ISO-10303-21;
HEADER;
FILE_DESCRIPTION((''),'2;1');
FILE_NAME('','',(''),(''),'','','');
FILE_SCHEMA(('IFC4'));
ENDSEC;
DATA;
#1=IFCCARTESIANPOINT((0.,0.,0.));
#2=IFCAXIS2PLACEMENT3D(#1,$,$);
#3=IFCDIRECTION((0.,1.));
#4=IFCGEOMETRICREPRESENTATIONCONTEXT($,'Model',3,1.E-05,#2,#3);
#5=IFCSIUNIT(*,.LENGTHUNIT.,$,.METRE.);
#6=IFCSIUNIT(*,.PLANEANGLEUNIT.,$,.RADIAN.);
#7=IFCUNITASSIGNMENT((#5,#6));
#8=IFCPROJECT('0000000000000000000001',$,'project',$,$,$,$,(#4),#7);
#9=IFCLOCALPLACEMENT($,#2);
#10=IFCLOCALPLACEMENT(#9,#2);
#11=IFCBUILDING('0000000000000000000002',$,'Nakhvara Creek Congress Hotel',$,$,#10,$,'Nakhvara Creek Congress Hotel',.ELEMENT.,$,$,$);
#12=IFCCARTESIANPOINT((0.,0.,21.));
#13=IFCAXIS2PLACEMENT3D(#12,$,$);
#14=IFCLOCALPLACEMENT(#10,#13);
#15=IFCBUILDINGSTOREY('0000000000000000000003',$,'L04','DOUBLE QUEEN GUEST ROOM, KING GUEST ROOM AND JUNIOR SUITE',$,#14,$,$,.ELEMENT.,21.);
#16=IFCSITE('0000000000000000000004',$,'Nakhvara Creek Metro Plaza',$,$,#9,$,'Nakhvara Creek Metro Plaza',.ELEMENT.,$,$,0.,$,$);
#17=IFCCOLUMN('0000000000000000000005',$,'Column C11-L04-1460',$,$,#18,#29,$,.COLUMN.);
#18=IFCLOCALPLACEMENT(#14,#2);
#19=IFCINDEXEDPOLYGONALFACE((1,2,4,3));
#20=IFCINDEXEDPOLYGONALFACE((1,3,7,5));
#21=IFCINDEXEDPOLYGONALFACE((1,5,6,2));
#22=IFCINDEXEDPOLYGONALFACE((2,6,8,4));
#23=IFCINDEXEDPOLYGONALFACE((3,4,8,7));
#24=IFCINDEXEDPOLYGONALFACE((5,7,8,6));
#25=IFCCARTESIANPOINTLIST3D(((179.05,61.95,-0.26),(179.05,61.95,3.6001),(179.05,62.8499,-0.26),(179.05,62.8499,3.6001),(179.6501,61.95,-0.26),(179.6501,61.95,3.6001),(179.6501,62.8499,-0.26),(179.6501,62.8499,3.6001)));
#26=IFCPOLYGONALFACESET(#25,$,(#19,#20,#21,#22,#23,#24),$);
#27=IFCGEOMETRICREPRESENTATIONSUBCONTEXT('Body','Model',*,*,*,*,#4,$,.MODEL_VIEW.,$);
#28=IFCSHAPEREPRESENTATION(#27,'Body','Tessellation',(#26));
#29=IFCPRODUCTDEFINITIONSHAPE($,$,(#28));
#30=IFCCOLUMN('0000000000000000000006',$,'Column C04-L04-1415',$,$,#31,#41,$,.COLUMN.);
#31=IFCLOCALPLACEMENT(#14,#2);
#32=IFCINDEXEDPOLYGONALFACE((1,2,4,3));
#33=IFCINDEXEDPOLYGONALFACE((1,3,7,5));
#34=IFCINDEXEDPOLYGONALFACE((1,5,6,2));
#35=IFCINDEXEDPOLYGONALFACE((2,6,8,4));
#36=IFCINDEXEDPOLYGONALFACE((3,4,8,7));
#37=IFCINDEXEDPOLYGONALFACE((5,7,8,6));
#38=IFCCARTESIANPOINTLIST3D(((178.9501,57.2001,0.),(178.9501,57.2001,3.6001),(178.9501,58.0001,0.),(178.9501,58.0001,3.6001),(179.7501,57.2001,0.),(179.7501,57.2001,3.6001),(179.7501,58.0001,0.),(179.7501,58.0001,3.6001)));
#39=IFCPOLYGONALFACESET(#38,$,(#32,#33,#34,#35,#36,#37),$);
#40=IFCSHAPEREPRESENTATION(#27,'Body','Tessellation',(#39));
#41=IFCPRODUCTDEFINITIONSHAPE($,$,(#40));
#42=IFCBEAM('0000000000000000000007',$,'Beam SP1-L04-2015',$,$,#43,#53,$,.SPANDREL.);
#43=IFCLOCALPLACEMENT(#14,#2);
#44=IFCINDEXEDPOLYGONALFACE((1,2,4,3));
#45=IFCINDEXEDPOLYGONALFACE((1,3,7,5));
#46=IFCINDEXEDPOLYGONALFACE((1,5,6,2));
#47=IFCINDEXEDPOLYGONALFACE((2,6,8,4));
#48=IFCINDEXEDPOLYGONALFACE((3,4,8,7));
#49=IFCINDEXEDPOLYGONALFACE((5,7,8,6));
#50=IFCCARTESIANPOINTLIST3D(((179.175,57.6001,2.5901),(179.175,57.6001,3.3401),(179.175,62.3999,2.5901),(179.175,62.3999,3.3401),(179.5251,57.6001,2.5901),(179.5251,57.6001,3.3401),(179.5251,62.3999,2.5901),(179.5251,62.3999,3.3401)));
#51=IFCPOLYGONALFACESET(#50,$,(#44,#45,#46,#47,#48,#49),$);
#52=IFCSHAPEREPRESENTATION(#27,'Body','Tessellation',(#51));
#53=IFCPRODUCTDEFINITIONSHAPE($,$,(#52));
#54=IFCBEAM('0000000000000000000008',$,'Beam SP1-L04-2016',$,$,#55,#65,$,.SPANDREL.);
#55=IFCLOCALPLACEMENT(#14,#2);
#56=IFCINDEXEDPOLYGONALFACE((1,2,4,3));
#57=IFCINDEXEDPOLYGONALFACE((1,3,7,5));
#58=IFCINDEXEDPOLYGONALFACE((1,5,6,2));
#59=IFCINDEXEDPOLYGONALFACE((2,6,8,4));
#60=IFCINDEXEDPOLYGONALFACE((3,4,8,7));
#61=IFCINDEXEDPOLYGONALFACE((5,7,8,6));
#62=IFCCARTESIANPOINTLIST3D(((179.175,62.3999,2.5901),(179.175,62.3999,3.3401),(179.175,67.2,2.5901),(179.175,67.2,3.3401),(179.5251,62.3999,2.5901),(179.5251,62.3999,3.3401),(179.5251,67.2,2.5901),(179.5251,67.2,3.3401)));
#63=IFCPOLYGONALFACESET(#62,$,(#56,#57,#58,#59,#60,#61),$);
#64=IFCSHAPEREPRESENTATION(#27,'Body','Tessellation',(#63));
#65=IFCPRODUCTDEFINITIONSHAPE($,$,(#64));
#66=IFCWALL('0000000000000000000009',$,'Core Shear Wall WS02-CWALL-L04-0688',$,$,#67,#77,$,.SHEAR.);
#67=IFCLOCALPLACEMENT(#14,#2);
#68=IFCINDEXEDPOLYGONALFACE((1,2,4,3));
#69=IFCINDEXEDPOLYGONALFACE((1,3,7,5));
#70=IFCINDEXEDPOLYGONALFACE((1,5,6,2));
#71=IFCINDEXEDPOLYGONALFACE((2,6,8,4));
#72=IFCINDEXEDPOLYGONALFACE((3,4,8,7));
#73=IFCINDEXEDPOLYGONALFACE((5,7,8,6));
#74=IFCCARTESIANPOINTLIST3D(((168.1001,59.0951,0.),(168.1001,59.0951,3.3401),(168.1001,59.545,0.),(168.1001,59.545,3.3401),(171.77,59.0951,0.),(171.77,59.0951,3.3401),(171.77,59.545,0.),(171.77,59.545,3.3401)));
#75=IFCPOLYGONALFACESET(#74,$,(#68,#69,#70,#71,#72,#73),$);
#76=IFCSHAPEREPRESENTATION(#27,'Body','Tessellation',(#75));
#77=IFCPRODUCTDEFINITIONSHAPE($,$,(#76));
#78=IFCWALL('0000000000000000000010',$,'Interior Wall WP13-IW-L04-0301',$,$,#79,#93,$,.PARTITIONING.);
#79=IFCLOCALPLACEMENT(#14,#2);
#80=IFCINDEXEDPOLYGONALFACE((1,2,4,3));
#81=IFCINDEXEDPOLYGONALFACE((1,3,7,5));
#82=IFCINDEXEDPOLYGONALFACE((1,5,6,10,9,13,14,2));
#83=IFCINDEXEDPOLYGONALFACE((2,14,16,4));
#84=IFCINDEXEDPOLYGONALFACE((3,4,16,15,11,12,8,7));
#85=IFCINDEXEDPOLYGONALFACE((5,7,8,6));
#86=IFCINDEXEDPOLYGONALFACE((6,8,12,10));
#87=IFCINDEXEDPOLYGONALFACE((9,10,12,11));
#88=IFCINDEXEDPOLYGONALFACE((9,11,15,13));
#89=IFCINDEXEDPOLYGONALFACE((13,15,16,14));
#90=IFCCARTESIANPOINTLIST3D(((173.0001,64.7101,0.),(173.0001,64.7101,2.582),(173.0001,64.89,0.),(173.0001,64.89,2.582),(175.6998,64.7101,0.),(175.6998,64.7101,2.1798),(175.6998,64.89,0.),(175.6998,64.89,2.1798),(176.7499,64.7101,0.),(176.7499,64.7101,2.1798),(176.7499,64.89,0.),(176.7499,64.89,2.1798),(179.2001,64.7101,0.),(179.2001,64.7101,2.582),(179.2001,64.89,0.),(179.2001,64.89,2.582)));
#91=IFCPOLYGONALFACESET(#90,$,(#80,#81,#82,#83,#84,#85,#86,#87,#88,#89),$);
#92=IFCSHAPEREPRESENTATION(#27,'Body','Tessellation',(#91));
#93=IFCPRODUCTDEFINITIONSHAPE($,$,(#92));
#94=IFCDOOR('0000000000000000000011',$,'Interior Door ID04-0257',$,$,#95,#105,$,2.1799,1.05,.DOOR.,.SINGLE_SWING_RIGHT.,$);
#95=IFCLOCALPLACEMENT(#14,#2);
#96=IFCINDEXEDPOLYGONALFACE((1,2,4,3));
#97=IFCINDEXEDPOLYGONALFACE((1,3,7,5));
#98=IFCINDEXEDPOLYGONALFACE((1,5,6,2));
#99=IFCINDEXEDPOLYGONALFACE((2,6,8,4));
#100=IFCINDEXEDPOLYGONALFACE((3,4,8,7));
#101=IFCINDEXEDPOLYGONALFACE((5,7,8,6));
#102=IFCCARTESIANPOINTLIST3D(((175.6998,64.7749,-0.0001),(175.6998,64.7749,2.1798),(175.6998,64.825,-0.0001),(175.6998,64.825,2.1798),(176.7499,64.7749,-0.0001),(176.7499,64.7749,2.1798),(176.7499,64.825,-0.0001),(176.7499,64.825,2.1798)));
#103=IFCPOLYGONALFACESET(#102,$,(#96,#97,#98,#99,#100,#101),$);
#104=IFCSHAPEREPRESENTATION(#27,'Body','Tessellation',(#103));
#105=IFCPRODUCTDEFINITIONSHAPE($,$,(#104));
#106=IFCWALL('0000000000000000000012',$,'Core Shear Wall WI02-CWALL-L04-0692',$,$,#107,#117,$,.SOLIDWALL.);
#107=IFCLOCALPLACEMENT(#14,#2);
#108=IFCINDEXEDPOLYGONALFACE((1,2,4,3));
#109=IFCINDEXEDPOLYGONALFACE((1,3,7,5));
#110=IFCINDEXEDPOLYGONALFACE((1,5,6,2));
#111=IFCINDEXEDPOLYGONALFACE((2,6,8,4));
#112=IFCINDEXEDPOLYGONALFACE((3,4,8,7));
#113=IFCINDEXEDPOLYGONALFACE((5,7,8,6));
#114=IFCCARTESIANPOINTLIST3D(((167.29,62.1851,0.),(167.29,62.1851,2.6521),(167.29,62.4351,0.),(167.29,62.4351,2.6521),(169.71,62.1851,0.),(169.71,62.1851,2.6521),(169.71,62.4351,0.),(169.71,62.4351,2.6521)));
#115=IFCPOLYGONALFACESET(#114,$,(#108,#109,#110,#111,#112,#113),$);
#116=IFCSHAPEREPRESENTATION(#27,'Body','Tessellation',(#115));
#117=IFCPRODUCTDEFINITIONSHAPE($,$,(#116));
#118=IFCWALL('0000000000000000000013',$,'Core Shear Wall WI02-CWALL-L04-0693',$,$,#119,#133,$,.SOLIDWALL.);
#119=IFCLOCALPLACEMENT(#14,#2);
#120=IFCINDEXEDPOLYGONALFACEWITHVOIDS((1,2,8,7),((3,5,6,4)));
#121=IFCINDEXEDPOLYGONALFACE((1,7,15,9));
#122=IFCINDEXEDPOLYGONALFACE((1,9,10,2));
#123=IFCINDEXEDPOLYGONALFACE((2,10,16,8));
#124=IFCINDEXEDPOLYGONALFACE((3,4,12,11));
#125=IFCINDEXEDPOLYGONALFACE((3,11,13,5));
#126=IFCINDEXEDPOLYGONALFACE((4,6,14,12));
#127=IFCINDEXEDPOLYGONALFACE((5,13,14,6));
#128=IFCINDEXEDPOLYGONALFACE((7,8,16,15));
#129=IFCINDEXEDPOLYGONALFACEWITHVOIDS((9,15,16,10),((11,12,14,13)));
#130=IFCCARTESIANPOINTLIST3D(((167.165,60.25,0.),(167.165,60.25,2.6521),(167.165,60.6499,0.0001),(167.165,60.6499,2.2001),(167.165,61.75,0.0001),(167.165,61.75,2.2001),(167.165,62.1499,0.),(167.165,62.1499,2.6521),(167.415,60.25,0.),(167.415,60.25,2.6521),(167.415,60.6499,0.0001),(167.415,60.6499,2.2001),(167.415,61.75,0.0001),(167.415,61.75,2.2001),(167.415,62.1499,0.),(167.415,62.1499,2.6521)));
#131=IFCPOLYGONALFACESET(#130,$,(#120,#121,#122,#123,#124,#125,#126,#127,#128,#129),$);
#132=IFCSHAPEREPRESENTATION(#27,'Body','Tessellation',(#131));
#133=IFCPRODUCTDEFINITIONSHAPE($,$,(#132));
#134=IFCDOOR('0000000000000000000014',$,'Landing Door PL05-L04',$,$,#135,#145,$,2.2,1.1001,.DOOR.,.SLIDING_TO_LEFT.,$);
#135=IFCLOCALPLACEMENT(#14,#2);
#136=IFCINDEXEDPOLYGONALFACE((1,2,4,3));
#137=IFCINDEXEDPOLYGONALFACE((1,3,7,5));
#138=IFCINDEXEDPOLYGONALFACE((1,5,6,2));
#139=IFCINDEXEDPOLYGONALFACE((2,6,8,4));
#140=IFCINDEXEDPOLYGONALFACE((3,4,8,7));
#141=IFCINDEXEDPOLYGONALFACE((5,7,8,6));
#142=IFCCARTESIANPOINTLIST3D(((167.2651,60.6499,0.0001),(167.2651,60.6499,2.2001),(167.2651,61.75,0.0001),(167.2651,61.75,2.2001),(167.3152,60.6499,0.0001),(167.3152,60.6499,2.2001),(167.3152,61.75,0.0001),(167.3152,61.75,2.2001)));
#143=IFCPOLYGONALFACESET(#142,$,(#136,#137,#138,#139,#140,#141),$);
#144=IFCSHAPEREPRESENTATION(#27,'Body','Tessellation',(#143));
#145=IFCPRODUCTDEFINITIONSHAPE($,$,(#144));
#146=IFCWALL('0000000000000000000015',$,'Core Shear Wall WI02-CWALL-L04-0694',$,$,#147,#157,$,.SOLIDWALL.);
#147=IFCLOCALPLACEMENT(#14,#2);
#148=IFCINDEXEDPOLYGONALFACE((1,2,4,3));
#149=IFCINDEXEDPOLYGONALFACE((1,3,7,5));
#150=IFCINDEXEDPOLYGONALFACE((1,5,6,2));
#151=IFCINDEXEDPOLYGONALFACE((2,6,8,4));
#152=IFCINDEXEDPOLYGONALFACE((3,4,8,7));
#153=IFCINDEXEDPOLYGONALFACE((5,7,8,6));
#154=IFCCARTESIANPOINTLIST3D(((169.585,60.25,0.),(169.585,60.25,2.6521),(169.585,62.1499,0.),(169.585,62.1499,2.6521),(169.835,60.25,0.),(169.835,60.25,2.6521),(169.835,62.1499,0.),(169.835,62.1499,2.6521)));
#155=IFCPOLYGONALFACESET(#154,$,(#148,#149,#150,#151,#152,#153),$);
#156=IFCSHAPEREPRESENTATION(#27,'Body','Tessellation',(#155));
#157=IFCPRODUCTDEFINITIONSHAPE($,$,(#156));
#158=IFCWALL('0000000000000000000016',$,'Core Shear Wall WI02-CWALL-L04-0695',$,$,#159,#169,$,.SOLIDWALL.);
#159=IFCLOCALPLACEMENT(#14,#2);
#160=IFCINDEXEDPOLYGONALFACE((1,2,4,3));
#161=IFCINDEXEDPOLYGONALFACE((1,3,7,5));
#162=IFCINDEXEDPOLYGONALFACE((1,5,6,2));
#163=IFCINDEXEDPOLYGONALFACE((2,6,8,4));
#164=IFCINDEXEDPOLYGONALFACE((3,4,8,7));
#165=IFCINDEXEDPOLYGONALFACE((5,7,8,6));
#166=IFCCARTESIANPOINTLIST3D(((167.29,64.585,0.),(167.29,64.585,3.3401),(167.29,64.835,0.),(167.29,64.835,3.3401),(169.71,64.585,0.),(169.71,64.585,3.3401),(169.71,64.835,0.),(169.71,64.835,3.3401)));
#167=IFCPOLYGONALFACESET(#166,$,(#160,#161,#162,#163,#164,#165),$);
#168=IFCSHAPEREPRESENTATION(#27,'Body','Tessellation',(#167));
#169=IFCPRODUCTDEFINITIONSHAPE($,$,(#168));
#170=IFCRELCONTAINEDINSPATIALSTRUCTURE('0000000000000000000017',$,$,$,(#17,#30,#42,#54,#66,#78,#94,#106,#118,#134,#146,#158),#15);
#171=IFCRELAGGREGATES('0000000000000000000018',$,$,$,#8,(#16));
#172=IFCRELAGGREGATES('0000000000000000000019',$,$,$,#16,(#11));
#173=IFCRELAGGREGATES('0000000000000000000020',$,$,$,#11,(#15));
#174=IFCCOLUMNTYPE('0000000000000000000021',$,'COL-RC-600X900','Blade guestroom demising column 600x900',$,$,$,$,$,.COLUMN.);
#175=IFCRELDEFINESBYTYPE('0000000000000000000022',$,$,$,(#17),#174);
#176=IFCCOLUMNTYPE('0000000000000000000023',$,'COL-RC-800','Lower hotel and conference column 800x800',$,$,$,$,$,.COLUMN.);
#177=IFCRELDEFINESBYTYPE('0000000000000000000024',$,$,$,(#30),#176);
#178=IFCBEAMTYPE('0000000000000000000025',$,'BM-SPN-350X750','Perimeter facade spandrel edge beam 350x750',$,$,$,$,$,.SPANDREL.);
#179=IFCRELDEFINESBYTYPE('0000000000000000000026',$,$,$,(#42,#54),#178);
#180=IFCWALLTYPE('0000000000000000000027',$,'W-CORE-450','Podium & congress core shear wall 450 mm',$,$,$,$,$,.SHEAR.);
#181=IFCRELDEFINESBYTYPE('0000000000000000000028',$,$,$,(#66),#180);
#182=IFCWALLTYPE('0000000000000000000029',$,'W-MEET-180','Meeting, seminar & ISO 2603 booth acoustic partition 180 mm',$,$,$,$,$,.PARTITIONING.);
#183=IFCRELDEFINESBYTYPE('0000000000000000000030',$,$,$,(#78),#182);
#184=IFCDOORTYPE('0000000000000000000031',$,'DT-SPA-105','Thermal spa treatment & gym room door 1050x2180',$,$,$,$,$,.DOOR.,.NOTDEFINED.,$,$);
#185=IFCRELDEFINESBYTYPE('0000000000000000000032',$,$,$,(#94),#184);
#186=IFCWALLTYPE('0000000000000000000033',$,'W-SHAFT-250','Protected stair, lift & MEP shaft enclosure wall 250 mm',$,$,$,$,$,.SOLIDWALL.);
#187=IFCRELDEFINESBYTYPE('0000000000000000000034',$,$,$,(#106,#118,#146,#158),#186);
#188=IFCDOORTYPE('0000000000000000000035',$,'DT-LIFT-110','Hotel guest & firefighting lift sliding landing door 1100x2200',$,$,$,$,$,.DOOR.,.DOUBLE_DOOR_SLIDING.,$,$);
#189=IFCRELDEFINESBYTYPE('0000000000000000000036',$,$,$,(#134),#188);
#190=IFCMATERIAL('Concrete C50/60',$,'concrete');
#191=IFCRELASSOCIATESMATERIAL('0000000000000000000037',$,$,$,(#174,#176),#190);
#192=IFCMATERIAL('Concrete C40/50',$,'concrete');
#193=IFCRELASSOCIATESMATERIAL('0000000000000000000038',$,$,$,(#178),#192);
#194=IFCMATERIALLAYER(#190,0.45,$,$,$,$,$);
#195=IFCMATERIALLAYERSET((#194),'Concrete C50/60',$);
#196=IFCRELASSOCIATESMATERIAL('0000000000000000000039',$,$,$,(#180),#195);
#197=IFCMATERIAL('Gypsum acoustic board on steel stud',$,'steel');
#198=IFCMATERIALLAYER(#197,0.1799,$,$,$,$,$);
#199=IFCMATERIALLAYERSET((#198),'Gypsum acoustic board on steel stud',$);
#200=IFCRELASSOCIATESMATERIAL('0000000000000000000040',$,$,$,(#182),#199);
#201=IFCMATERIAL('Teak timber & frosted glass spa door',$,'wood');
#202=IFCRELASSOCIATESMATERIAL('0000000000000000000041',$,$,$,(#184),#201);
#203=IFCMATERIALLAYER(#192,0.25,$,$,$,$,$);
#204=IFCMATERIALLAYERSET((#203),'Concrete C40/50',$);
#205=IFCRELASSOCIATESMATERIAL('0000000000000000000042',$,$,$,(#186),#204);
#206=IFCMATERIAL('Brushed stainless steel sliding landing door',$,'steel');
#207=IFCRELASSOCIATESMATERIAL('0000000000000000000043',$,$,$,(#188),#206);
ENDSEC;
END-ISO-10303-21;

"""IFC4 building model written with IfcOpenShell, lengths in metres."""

from ifc_helpers import new_model, si_unit, direction, frame, frame_2d, origin, origin_2d, place, context, subcontext, project, spatial, rectangle, extrude, material, layer, layer_set, material_profile, profile_set, type_object, element, fill, save


model = new_model("IFC4")

# Units and contexts
model_context = context("Model", 3, precision=1e-05, world=origin(), true_north=direction((0.0, 1.0)))
body_context = subcontext(model_context, "Body", "Model", "MODEL_VIEW")
ifc_project = project(units=[si_unit("LENGTHUNIT", "METRE"), si_unit("PLANEANGLEUNIT", "RADIAN")], contexts=[model_context])

# Site, building, storey
site_placement = place(None, origin())
site = spatial("IfcSite", under=ifc_project, at=site_placement, Name="Nakhvara Creek Metro Plaza", LongName="Nakhvara Creek Metro Plaza", CompositionType="ELEMENT", RefElevation=0.0)
building_placement = place(site_placement, origin())
building = spatial("IfcBuilding", under=site, at=building_placement, Name="Nakhvara Creek Congress Hotel", LongName="Nakhvara Creek Congress Hotel", CompositionType="ELEMENT")
storey_placement = place(building_placement, frame((0.0, 0.0, 21.0)))
storey = spatial("IfcBuildingStorey", under=building, at=storey_placement, Name="L04", Description="DOUBLE QUEEN GUEST ROOM, KING GUEST ROOM AND JUNIOR SUITE", CompositionType="ELEMENT", Elevation=21.0)

# Columns
ifc_material_1 = material(Name="Concrete C50/60", Category="concrete")
ifc_material_profile_1 = material_profile(ifc_material_1, rectangle(XDim=0.6001, YDim=0.8999, at=origin_2d()), Name="RC-COL 600x900", Category="LoadBearing")
ifc_profile_set_1 = profile_set([ifc_material_profile_1], Name="Concrete C50/60")
column_type_1 = type_object("IfcColumnType", Name="COL-RC-600X900", Description="Blade guestroom demising column 600x900", PredefinedType="COLUMN", material=ifc_profile_set_1)
column_1_placement = place(storey_placement, frame((179.3501, 62.3999, -0.26), z_axis=(0.0, 0.0, 1.0), x_axis=(1.0, 0.0, 0.0)))
element("IfcColumn", 1, at=column_1_placement, inside=storey, type_object=column_type_1, Name="Column C11-L04-1460", PredefinedType="COLUMN", context=body_context, shape_type="SweptSolid", body=[
    extrude(rectangle(XDim=0.6001, YDim=0.8999, at=origin_2d()), origin(), (0.0, 0.0, 1.0), 3.8601),
])
ifc_material_profile_2 = material_profile(ifc_material_1, rectangle(XDim=0.8, YDim=0.8, at=origin_2d()), Name="RC-COL 800x800", Category="LoadBearing")
ifc_profile_set_2 = profile_set([ifc_material_profile_2], Name="Concrete C50/60")
column_type_2 = type_object("IfcColumnType", Name="COL-RC-800", Description="Lower hotel and conference column 800x800", PredefinedType="COLUMN", material=ifc_profile_set_2)
column_2_placement = place(storey_placement, frame((179.3501, 57.6001, 0.0), z_axis=(0.0, 0.0, 1.0), x_axis=(1.0, 0.0, 0.0)))
element("IfcColumn", 2, at=column_2_placement, inside=storey, type_object=column_type_2, Name="Column C04-L04-1415", PredefinedType="COLUMN", context=body_context, shape_type="SweptSolid", body=[
    extrude(rectangle(XDim=0.8, YDim=0.8, at=origin_2d()), origin(), (0.0, 0.0, 1.0), 3.6001),
])

# Beams
ifc_material_2 = material(Name="Concrete C40/50", Category="concrete")
ifc_material_profile_3 = material_profile(ifc_material_2, rectangle(XDim=0.3501, YDim=0.75, at=origin_2d()), Name="RC-SPANDREL 350x750", Category="LoadBearing")
ifc_profile_set_3 = profile_set([ifc_material_profile_3], Name="Concrete C40/50")
beam_type = type_object("IfcBeamType", Name="BM-SPN-350X750", Description="Perimeter facade spandrel edge beam 350x750", PredefinedType="SPANDREL", material=ifc_profile_set_3)
beam_1_placement = place(storey_placement, frame((179.3501, 57.6001, 2.9651), z_axis=(0.0, 1.0, 0.0), x_axis=(-1.0, 0.0, 0.0)))
element("IfcBeam", 3, at=beam_1_placement, inside=storey, type_object=beam_type, Name="Beam SP1-L04-2015", PredefinedType="SPANDREL", context=body_context, shape_type="SweptSolid", body=[
    extrude(rectangle(XDim=0.3501, YDim=0.75, at=origin_2d()), origin(), (0.0, 0.0, 1.0), 4.7998),
])
beam_2_placement = place(storey_placement, frame((179.3501, 62.3999, 2.9651), z_axis=(0.0, 1.0, 0.0), x_axis=(-1.0, 0.0, 0.0)))
element("IfcBeam", 4, at=beam_2_placement, inside=storey, type_object=beam_type, Name="Beam SP1-L04-2016", PredefinedType="SPANDREL", context=body_context, shape_type="SweptSolid", body=[
    extrude(rectangle(XDim=0.3501, YDim=0.75, at=origin_2d()), origin(), (0.0, 0.0, 1.0), 4.8),
])

# Wall
ifc_layer_1 = layer(ifc_material_1, 0.45)
ifc_layer_set_1 = layer_set([ifc_layer_1], Name="Concrete C50/60")
wall_type_1 = type_object("IfcWallType", Name="W-CORE-450", Description="Podium & congress core shear wall 450 mm", PredefinedType="SHEAR", material=ifc_layer_set_1)
wall_1_placement = place(storey_placement, frame((168.1001, 59.3201, 0.0), z_axis=(0.0, 0.0, 1.0), x_axis=(1.0, 0.0, 0.0)))
element("IfcWall", 5, at=wall_1_placement, inside=storey, type_object=wall_type_1, Name="Core Shear Wall WS02-CWALL-L04-0688", PredefinedType="SHEAR", context=body_context, shape_type="SweptSolid", body=[
    extrude(rectangle(XDim=3.6699, YDim=0.45, at=frame_2d((1.835, 0.0))), origin(), (0.0, 0.0, 1.0), 3.3401),
])

# Wall, opening, door
ifc_material_3 = material(Name="Gypsum acoustic board on steel stud", Category="steel")
ifc_layer_2 = layer(ifc_material_3, 0.1799)
ifc_layer_set_2 = layer_set([ifc_layer_2], Name="Gypsum acoustic board on steel stud")
wall_type_2 = type_object("IfcWallType", Name="W-MEET-180", Description="Meeting, seminar & ISO 2603 booth acoustic partition 180 mm", PredefinedType="PARTITIONING", material=ifc_layer_set_2)
wall_2_placement = place(storey_placement, frame((173.0, 64.8, 0.0), z_axis=(0.0, 0.0, 1.0), x_axis=(1.0, 0.0, 0.0)))
wall_2 = element("IfcWall", 6, at=wall_2_placement, inside=storey, type_object=wall_type_2, Name="Interior Wall WP13-IW-L04-0301", PredefinedType="PARTITIONING", context=body_context, shape_type="SweptSolid", body=[
    extrude(rectangle(XDim=6.2, YDim=0.1799, at=frame_2d((3.1001, 0.0))), origin(), (0.0, 0.0, 1.0), 2.582),
])
opening_1_placement = place(wall_2_placement, frame((2.7, 0.0, 0.0)))
opening_1 = element("IfcOpeningElement", 7, at=opening_1_placement, cuts=wall_2, PredefinedType="OPENING", context=body_context, shape_type="SweptSolid", body=[
    extrude(rectangle(XDim=1.05, YDim=2.1799, at=frame_2d((0.5249, 1.0898))), frame((0.0, 0.1021, 0.0), z_axis=(0.0, -1.0, 0.0), x_axis=(1.0, 0.0, 0.0)), (0.0, 0.0, 1.0), 0.2039),
])
ifc_material_4 = material(Name="Teak timber & frosted glass spa door", Category="wood")
door_type_1 = type_object("IfcDoorType", Name="DT-SPA-105", Description="Thermal spa treatment & gym room door 1050x2180", OperationType="NOTDEFINED", PredefinedType="DOOR", material=ifc_material_4)
door_1_placement = place(opening_1_placement, origin())
door_1 = element("IfcDoor", 8, at=door_1_placement, inside=storey, type_object=door_type_1, Name="Interior Door ID04-0257", OperationType="SINGLE_SWING_RIGHT", OverallHeight=2.1799, OverallWidth=1.05, PredefinedType="DOOR", context=body_context, shape_type="SweptSolid", body=[
    extrude(rectangle(XDim=1.05, YDim=2.1799, at=frame_2d((0.5249, 1.0898))), frame((0.0, 0.0249, 0.0), z_axis=(0.0, -1.0, 0.0), x_axis=(1.0, 0.0, 0.0)), (0.0, 0.0, 1.0), 0.05),
])
fill(opening_1, door_1)

# Wall
ifc_layer_3 = layer(ifc_material_2, 0.25)
ifc_layer_set_3 = layer_set([ifc_layer_3], Name="Concrete C40/50")
wall_type_3 = type_object("IfcWallType", Name="W-SHAFT-250", Description="Protected stair, lift & MEP shaft enclosure wall 250 mm", PredefinedType="SOLIDWALL", material=ifc_layer_set_3)
wall_3_placement = place(storey_placement, frame((167.29, 62.3101, 0.0), z_axis=(0.0, 0.0, 1.0), x_axis=(1.0, 0.0, 0.0)))
element("IfcWall", 9, at=wall_3_placement, inside=storey, type_object=wall_type_3, Name="Core Shear Wall WI02-CWALL-L04-0692", PredefinedType="SOLIDWALL", context=body_context, shape_type="SweptSolid", body=[
    extrude(rectangle(XDim=2.4199, YDim=0.25, at=frame_2d((1.21, 0.0))), origin(), (0.0, 0.0, 1.0), 2.6521),
])

# Wall, opening, door
wall_4_placement = place(storey_placement, frame((167.29, 60.25, 0.0), z_axis=(0.0, 0.0, 1.0), x_axis=(0.0, 1.0, 0.0)))
wall_4 = element("IfcWall", 10, at=wall_4_placement, inside=storey, type_object=wall_type_3, Name="Core Shear Wall WI02-CWALL-L04-0693", PredefinedType="SOLIDWALL", context=body_context, shape_type="SweptSolid", body=[
    extrude(rectangle(XDim=1.8999, YDim=0.25, at=frame_2d((0.95, 0.0))), origin(), (0.0, 0.0, 1.0), 2.6521),
])
opening_2_placement = place(wall_4_placement, frame((0.3999, 0.0, 0.0)))
opening_2 = element("IfcOpeningElement", 11, at=opening_2_placement, cuts=wall_4, PredefinedType="OPENING", context=body_context, shape_type="SweptSolid", body=[
    extrude(rectangle(XDim=1.1001, YDim=2.2, at=frame_2d((0.55, 1.1001))), frame((0.0, 0.137, 0.0), z_axis=(0.0, -1.0, 0.0), x_axis=(1.0, 0.0, 0.0)), (0.0, 0.0, 1.0), 0.2739),
])
ifc_material_5 = material(Name="Brushed stainless steel sliding landing door", Category="steel")
door_type_2 = type_object("IfcDoorType", Name="DT-LIFT-110", Description="Hotel guest & firefighting lift sliding landing door 1100x2200", OperationType="DOUBLE_DOOR_SLIDING", PredefinedType="DOOR", material=ifc_material_5)
door_2_placement = place(opening_2_placement, origin())
door_2 = element("IfcDoor", 12, at=door_2_placement, inside=storey, type_object=door_type_2, Name="Landing Door PL05-L04", OperationType="SLIDING_TO_LEFT", OverallHeight=2.2, OverallWidth=1.1001, PredefinedType="DOOR", context=body_context, shape_type="SweptSolid", body=[
    extrude(rectangle(XDim=1.1001, YDim=2.2, at=frame_2d((0.55, 1.1001))), frame((0.0, 0.0249, 0.0), z_axis=(0.0, -1.0, 0.0), x_axis=(1.0, 0.0, 0.0)), (0.0, 0.0, 1.0), 0.05),
])
fill(opening_2, door_2)

# Walls
wall_5_placement = place(storey_placement, frame((169.71, 60.25, 0.0), z_axis=(0.0, 0.0, 1.0), x_axis=(0.0, 1.0, 0.0)))
element("IfcWall", 13, at=wall_5_placement, inside=storey, type_object=wall_type_3, Name="Core Shear Wall WI02-CWALL-L04-0694", PredefinedType="SOLIDWALL", context=body_context, shape_type="SweptSolid", body=[
    extrude(rectangle(XDim=1.8999, YDim=0.25, at=frame_2d((0.95, 0.0))), origin(), (0.0, 0.0, 1.0), 2.6521),
])
wall_6_placement = place(storey_placement, frame((167.29, 64.71, 0.0), z_axis=(0.0, 0.0, 1.0), x_axis=(1.0, 0.0, 0.0)))
element("IfcWall", 14, at=wall_6_placement, inside=storey, type_object=wall_type_3, Name="Core Shear Wall WI02-CWALL-L04-0695", PredefinedType="SOLIDWALL", context=body_context, shape_type="SweptSolid", body=[
    extrude(rectangle(XDim=2.4199, YDim=0.25, at=frame_2d((1.21, 0.0))), origin(), (0.0, 0.0, 1.0), 3.3401),
])

save(model, "model.ifc")
